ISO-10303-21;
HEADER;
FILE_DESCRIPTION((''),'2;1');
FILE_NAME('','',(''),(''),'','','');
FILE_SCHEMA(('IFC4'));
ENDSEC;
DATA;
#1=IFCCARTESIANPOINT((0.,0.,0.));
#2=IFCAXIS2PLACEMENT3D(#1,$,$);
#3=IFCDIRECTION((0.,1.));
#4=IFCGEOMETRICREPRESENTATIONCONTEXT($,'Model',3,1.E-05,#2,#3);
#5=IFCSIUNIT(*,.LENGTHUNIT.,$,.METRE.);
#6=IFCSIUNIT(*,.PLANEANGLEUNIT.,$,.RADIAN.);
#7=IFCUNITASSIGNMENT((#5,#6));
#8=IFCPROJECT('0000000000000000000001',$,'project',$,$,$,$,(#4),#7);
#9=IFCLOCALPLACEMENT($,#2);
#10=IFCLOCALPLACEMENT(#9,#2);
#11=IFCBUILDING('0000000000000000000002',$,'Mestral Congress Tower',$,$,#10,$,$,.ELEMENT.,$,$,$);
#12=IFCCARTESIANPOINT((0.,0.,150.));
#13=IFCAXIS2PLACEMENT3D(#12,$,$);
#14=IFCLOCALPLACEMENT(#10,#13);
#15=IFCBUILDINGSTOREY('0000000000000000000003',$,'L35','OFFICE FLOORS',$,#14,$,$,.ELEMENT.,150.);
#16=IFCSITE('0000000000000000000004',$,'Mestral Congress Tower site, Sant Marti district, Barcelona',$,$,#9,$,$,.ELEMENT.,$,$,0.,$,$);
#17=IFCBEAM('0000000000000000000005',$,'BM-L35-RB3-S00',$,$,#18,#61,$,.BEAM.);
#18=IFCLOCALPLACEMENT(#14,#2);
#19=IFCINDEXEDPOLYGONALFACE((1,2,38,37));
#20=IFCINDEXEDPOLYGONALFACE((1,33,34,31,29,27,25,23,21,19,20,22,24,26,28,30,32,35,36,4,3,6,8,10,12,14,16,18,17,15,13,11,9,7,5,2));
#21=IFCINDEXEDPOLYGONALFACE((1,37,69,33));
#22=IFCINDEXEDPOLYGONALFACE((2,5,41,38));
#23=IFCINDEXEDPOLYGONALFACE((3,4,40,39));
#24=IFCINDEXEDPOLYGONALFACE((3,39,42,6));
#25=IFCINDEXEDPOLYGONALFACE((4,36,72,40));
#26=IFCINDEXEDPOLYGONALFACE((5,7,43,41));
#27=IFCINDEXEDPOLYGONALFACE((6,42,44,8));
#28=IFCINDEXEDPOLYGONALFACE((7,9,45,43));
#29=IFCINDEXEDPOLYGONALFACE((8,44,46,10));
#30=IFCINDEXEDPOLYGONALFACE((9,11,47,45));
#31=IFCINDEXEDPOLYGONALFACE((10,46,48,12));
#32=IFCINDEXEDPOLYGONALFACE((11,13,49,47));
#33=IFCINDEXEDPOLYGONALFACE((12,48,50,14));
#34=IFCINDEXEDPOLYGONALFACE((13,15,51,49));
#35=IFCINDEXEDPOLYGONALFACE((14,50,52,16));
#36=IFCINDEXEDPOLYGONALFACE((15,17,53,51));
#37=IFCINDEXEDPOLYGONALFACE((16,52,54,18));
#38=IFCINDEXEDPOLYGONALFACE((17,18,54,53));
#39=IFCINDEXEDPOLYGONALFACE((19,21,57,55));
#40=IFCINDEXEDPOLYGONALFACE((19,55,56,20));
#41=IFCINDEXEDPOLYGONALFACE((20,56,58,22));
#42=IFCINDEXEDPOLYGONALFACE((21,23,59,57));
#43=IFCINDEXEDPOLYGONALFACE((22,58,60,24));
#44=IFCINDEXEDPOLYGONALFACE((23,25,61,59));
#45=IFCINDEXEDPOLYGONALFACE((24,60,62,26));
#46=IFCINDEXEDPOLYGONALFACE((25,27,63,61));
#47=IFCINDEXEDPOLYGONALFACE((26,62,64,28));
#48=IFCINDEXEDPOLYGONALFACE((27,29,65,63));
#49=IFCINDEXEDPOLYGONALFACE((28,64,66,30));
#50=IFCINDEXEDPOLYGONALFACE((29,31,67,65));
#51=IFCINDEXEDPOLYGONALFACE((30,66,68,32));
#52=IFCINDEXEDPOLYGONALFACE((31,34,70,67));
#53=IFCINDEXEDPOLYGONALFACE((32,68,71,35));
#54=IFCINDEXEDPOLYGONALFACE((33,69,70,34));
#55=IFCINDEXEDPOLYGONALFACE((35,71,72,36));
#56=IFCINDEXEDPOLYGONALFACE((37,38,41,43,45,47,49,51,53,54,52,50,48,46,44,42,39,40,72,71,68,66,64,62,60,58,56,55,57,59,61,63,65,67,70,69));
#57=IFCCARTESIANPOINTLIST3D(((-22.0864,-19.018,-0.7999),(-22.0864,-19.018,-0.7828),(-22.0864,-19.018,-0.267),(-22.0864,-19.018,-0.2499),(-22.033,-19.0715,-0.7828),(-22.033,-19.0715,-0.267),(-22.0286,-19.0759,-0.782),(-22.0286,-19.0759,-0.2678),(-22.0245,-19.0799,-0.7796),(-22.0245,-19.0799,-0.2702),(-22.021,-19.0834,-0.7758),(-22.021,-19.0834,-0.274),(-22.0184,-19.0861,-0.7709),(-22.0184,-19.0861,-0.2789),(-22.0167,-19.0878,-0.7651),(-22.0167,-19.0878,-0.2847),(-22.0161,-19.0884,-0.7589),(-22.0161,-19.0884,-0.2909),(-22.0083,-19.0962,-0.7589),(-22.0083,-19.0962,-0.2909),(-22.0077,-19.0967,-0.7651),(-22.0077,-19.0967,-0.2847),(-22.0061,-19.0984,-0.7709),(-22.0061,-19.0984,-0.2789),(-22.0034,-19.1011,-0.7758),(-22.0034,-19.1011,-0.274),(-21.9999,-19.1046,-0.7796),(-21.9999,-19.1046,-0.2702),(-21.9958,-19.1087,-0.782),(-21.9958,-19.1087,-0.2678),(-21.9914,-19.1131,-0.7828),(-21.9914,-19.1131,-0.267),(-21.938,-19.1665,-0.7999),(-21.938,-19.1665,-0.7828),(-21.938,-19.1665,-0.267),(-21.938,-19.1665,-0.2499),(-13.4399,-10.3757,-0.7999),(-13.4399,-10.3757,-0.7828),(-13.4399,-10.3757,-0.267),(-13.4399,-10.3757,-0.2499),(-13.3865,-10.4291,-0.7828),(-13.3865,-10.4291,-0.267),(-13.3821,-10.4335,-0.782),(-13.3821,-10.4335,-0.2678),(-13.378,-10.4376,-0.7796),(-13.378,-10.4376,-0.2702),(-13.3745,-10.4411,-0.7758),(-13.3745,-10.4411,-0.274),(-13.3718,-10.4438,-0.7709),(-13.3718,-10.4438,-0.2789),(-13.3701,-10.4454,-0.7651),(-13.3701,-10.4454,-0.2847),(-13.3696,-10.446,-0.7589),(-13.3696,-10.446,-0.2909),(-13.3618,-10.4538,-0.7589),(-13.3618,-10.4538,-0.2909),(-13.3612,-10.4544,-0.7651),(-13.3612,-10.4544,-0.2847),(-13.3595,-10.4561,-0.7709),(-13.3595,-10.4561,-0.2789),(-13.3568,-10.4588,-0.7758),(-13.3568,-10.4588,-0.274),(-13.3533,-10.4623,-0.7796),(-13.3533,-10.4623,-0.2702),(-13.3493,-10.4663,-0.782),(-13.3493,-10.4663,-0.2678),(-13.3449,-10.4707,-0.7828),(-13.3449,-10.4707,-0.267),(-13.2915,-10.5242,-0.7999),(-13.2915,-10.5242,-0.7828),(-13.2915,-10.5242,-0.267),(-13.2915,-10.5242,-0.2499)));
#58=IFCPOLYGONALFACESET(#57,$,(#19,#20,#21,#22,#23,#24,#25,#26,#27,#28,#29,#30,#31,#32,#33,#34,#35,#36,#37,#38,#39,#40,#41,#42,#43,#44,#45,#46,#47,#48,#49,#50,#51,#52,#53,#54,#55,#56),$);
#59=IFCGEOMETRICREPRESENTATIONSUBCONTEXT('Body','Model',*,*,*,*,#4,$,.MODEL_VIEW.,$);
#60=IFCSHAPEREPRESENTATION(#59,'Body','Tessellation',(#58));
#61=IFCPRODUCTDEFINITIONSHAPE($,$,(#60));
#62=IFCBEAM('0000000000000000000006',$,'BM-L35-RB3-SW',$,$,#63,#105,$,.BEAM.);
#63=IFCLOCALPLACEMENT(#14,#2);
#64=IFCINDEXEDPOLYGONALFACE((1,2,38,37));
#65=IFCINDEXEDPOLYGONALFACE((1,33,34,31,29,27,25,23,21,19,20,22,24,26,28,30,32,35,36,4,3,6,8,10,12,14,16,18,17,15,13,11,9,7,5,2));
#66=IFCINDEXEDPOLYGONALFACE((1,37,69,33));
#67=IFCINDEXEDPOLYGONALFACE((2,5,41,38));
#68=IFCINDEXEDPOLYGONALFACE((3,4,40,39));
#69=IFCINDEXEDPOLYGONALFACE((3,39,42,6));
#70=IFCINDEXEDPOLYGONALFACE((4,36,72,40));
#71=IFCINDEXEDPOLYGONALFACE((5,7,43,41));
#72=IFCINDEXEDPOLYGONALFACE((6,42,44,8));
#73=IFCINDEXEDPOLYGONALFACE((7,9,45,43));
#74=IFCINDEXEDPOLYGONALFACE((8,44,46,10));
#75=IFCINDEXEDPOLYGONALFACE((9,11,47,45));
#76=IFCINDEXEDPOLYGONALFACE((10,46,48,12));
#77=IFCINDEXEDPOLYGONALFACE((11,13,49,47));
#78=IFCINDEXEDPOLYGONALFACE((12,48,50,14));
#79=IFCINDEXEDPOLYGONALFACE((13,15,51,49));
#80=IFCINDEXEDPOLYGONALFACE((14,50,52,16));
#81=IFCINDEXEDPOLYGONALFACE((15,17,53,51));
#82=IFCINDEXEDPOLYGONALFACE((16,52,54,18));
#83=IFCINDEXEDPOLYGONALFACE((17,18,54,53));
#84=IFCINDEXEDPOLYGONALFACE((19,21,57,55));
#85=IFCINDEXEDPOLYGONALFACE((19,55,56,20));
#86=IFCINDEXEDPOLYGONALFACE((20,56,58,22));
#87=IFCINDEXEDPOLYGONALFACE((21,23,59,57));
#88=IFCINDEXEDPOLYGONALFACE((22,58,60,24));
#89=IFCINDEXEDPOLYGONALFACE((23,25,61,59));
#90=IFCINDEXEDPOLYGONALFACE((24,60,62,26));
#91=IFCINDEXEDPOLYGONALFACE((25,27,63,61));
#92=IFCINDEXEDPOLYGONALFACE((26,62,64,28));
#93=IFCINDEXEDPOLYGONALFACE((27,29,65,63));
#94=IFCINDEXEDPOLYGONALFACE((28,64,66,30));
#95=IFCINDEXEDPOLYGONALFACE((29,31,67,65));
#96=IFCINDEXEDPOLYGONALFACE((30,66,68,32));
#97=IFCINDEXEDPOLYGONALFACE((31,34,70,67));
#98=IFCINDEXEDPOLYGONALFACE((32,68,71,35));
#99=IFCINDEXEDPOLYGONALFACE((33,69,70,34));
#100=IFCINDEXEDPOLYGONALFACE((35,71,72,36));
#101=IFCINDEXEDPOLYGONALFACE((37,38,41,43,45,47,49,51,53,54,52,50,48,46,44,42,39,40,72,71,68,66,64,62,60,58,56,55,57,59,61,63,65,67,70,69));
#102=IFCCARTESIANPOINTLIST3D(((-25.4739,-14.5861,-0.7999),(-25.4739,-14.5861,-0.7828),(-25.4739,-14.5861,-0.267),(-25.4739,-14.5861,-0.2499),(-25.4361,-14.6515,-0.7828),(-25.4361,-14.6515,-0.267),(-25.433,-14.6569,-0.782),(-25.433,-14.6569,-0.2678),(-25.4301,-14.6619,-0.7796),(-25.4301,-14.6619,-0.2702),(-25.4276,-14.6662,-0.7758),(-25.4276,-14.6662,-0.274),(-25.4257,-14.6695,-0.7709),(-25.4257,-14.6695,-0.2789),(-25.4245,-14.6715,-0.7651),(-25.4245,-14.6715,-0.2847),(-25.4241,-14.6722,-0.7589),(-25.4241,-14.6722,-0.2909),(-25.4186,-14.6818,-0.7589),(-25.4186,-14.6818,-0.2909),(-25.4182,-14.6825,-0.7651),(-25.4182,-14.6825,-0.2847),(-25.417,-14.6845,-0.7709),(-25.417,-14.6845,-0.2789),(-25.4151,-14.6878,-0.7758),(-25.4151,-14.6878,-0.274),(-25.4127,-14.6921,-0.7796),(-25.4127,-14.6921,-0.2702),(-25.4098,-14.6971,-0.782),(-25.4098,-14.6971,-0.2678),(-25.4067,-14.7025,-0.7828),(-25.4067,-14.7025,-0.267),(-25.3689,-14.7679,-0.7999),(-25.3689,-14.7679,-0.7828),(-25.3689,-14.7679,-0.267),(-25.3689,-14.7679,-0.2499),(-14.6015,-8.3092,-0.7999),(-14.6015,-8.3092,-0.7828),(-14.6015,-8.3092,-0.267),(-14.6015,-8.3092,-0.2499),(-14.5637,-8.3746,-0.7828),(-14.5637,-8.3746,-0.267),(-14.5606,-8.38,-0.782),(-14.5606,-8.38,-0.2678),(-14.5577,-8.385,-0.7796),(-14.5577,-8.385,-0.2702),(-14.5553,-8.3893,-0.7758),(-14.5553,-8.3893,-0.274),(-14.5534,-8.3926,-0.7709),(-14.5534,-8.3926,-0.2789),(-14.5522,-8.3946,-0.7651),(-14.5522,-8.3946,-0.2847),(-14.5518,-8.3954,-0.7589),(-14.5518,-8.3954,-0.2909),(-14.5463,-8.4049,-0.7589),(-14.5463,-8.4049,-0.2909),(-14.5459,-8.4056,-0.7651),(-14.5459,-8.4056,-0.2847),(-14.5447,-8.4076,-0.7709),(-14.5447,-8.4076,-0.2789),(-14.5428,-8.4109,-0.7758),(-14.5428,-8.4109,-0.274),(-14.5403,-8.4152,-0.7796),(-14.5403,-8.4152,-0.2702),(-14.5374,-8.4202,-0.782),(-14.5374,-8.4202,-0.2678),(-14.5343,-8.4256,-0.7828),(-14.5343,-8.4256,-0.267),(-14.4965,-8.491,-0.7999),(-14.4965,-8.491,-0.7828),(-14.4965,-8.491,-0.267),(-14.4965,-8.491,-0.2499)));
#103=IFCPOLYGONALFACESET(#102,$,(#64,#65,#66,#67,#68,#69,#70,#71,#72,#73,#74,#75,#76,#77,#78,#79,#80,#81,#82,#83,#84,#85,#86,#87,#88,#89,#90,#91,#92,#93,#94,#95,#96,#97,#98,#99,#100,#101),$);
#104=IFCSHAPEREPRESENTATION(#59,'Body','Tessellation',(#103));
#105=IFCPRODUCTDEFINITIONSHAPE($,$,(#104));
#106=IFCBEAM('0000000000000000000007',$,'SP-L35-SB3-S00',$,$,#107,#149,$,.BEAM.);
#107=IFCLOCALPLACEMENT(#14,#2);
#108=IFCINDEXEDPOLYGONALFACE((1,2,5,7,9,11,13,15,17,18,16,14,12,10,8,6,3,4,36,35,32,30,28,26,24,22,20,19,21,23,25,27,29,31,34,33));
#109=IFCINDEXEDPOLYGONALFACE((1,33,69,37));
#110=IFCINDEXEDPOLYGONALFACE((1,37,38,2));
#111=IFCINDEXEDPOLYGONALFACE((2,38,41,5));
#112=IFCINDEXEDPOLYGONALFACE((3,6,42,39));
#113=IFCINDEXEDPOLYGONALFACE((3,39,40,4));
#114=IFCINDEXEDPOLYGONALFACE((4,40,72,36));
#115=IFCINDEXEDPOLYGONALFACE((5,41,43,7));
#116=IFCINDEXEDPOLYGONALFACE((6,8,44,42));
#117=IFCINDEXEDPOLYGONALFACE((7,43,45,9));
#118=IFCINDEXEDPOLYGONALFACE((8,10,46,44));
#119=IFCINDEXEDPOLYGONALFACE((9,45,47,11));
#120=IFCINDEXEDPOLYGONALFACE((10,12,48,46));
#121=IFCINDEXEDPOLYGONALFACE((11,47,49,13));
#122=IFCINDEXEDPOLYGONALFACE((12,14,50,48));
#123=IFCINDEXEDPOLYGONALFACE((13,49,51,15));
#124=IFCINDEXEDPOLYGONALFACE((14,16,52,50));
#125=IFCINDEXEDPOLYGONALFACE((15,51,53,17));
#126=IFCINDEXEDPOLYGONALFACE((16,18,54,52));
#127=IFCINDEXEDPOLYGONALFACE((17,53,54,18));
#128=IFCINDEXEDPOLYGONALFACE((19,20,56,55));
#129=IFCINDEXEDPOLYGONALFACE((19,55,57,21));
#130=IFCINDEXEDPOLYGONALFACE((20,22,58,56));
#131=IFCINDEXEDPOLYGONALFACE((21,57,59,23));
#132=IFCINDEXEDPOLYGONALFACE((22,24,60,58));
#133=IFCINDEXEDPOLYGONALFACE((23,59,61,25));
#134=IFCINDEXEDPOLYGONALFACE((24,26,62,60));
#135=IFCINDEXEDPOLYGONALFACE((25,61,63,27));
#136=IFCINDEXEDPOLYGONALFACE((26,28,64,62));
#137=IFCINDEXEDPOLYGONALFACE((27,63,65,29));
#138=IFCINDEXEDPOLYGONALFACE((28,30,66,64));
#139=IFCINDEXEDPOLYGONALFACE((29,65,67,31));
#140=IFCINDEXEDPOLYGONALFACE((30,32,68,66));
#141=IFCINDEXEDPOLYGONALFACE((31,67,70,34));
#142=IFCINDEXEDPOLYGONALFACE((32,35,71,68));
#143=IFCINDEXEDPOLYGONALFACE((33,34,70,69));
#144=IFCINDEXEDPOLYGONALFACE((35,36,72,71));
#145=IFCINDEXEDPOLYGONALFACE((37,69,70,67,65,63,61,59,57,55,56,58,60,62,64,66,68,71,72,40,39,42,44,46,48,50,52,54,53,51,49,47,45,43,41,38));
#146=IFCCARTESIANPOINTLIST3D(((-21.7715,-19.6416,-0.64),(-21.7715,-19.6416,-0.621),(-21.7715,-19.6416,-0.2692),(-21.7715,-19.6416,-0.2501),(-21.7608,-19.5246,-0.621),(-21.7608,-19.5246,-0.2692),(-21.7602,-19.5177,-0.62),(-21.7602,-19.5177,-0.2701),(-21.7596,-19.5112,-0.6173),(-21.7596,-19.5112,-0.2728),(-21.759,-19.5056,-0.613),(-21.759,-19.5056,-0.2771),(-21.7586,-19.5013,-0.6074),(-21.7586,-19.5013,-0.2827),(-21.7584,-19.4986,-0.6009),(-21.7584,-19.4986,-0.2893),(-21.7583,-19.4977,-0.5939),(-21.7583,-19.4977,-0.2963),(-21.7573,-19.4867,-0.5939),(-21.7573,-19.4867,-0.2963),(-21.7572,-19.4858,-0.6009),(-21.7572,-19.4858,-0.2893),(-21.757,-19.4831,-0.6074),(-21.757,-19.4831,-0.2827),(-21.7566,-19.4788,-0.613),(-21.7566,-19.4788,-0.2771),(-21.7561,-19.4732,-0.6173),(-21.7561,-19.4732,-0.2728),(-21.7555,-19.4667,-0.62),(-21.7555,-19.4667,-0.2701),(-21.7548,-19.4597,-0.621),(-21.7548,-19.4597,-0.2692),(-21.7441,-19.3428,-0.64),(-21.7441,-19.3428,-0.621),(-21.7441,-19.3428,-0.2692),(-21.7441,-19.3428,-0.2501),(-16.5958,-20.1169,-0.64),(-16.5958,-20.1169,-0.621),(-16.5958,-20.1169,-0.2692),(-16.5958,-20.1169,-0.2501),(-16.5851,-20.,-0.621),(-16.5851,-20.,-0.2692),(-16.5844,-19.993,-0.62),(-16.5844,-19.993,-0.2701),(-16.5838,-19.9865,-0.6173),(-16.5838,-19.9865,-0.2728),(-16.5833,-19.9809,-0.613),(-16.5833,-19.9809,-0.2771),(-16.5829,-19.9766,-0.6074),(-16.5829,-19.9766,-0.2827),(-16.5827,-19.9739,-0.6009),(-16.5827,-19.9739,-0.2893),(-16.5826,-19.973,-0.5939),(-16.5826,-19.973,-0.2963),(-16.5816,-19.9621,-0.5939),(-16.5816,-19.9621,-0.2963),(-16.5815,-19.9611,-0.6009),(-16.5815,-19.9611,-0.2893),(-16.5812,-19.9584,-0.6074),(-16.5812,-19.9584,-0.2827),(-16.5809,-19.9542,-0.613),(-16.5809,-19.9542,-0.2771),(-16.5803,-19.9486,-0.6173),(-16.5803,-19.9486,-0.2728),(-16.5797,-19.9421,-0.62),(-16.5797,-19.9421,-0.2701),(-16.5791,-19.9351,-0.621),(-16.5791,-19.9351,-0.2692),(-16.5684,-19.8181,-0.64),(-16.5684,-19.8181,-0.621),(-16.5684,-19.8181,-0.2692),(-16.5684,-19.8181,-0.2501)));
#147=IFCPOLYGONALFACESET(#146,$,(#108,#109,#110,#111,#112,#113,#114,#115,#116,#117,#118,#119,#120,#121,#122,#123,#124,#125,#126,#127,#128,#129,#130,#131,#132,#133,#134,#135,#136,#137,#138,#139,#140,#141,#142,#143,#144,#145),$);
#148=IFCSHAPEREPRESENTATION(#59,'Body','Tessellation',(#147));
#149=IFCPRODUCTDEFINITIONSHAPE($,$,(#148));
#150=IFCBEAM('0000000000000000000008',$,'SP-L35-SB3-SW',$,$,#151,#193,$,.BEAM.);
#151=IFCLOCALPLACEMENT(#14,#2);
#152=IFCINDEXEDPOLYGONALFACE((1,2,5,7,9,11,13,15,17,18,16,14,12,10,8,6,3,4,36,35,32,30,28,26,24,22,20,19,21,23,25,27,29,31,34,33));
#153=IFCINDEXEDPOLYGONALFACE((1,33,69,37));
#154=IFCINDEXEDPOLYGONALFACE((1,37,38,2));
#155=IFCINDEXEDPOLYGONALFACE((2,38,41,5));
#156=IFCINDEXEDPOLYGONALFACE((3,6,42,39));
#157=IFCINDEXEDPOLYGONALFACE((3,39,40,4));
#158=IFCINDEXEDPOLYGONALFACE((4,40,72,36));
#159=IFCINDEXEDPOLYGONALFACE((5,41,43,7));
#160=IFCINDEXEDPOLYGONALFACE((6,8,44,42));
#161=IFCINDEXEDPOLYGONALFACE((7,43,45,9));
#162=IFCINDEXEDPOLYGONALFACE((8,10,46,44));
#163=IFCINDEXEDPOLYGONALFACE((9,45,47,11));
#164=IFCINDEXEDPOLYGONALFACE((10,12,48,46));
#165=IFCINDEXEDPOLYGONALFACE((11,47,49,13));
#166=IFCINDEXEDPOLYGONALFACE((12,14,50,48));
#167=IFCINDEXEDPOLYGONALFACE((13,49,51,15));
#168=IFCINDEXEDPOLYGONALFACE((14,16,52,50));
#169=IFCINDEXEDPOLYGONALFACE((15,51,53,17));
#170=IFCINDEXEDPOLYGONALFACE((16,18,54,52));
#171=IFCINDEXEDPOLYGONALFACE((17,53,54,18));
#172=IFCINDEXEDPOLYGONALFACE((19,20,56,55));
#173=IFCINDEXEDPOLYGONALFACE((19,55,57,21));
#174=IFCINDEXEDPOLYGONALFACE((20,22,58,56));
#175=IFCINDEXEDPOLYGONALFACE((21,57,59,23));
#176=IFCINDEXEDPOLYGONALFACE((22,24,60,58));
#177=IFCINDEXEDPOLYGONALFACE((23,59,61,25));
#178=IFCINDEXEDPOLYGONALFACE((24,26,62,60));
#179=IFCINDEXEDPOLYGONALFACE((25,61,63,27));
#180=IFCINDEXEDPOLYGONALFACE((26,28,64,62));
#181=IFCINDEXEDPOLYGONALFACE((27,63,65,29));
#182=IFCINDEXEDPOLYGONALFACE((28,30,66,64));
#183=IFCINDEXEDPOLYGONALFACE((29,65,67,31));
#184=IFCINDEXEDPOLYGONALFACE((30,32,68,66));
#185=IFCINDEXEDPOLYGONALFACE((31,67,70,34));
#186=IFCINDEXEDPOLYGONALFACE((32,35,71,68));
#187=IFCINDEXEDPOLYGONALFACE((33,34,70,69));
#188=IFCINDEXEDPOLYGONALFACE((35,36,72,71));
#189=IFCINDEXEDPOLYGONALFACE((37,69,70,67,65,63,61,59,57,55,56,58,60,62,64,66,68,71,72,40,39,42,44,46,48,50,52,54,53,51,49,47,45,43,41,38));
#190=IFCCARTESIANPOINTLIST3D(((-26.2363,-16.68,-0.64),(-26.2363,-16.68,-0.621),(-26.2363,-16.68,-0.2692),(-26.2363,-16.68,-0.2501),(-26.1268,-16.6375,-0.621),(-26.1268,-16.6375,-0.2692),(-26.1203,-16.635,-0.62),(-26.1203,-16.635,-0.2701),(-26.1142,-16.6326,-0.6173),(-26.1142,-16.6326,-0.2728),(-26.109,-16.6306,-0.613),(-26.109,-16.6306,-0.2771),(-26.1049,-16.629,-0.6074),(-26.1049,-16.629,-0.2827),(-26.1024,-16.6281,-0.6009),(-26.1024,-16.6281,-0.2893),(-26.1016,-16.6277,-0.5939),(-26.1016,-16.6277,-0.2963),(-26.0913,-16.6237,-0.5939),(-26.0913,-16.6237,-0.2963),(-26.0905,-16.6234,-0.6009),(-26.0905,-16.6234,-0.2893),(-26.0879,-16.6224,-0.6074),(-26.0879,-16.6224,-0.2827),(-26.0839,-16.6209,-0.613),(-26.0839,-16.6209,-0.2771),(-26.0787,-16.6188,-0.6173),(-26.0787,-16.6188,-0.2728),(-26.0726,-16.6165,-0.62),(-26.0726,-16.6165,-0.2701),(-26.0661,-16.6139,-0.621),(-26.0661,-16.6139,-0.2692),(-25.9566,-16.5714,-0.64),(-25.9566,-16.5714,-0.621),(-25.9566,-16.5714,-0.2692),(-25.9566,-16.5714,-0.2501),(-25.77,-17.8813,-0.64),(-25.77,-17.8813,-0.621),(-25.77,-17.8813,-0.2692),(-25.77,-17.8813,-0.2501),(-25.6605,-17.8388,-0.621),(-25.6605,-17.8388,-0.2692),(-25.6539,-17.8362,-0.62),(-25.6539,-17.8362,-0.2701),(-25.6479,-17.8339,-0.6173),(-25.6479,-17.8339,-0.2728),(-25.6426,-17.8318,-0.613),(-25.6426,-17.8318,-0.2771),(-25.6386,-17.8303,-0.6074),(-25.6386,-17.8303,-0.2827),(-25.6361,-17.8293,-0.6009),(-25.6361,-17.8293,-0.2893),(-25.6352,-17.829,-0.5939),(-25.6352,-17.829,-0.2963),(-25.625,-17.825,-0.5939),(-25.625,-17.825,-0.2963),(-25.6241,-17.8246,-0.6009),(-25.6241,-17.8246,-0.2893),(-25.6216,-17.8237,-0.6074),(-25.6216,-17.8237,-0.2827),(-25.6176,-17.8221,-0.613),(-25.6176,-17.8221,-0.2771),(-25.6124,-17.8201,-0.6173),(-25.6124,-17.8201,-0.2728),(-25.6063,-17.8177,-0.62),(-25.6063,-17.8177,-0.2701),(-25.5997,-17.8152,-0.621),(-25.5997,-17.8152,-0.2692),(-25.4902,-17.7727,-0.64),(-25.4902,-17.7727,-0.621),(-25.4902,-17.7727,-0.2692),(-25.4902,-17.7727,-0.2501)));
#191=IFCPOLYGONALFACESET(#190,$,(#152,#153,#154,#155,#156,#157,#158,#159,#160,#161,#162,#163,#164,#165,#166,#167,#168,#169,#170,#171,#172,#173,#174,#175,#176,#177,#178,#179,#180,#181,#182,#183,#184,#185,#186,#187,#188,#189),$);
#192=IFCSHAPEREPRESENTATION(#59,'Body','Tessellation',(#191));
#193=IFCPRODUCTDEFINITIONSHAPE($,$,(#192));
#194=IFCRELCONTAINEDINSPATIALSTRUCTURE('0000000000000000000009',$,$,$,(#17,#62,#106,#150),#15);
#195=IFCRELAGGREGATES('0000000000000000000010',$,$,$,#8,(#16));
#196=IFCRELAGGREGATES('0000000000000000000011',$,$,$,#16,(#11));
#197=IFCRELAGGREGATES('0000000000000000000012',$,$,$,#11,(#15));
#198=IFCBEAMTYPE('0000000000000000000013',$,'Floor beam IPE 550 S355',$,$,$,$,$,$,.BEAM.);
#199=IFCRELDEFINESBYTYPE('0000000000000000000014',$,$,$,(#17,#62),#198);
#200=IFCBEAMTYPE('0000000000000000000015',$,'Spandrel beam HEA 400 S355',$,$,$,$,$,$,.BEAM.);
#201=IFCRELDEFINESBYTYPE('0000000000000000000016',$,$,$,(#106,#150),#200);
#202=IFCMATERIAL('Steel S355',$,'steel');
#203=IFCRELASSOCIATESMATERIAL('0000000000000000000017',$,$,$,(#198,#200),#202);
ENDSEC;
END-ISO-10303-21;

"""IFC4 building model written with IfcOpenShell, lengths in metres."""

from ifc_helpers import new_model, si_unit, direction, frame, origin, origin_2d, place, context, subcontext, project, spatial, i_section, extrude, material, material_profile, profile_set, type_object, element, save


model = new_model("IFC4")

# Units and contexts
model_context = context("Model", 3, precision=1e-05, world=origin(), true_north=direction((0.0, 1.0)))
body_context = subcontext(model_context, "Body", "Model", "MODEL_VIEW")
ifc_project = project(units=[si_unit("LENGTHUNIT", "METRE"), si_unit("PLANEANGLEUNIT", "RADIAN")], contexts=[model_context])

# Site, building, storey
site_placement = place(None, origin())
site = spatial("IfcSite", under=ifc_project, at=site_placement, Name="Mestral Congress Tower site, Sant Marti district, Barcelona", CompositionType="ELEMENT", RefElevation=0.0)
building_placement = place(site_placement, origin())
building = spatial("IfcBuilding", under=site, at=building_placement, Name="Mestral Congress Tower", CompositionType="ELEMENT")
storey_placement = place(building_placement, frame((0.0, 0.0, 150.0)))
storey = spatial("IfcBuildingStorey", under=building, at=storey_placement, Name="L35", Description="OFFICE FLOORS", CompositionType="ELEMENT", Elevation=150.0)

# Beams
ifc_material_1 = material(Name="Steel S355", Category="steel")
ifc_material_profile_1 = material_profile(ifc_material_1, i_section(OverallWidth=0.21, OverallDepth=0.55, WebThickness=0.011, FlangeThickness=0.0171, FilletRadius=0.0239, at=origin_2d()), Name="IPE 550")
ifc_profile_set_1 = profile_set([ifc_material_profile_1], Name="Steel S355")
beam_type_1 = type_object("IfcBeamType", Name="Floor beam IPE 550 S355", PredefinedType="BEAM", material=ifc_profile_set_1)
beam_1_placement = place(storey_placement, frame((-22.0122, -19.0923, -0.5249), z_axis=(0.707277, 0.706937, 0.0), x_axis=(-0.706937, 0.707277, 0.0)))
element("IfcBeam", 1, at=beam_1_placement, inside=storey, type_object=beam_type_1, Name="BM-L35-RB3-S00", PredefinedType="BEAM", context=body_context, shape_type="SweptSolid", body=[
    extrude(i_section(OverallWidth=0.21, OverallDepth=0.55, WebThickness=0.011, FlangeThickness=0.0171, FilletRadius=0.0239, at=origin_2d()), origin(), (0.0, 0.0, 1.0), 12.2251),
])
beam_2_placement = place(storey_placement, frame((-25.4214, -14.677, -0.5249), z_axis=(0.866035, 0.499983, 0.0), x_axis=(-0.499983, 0.866035, 0.0)))
element("IfcBeam", 2, at=beam_2_placement, inside=storey, type_object=beam_type_1, Name="BM-L35-RB3-SW", PredefinedType="BEAM", context=body_context, shape_type="SweptSolid", body=[
    extrude(i_section(OverallWidth=0.21, OverallDepth=0.55, WebThickness=0.011, FlangeThickness=0.0171, FilletRadius=0.0239, at=origin_2d()), origin(), (0.0, 0.0, 1.0), 12.5542),
])
ifc_material_profile_2 = material_profile(ifc_material_1, i_section(OverallWidth=0.3, OverallDepth=0.3899, WebThickness=0.011, FlangeThickness=0.019, FilletRadius=0.0271, at=origin_2d()), Name="HEA 400")
ifc_profile_set_2 = profile_set([ifc_material_profile_2], Name="Steel S355")
beam_type_2 = type_object("IfcBeamType", Name="Spandrel beam HEA 400 S355", PredefinedType="BEAM", material=ifc_profile_set_2)
beam_3_placement = place(storey_placement, frame((-21.7578, -19.4922, -0.4451), z_axis=(0.995809, -0.091455, 0.0), x_axis=(0.091455, 0.995809, 0.0)))
element("IfcBeam", 3, at=beam_3_placement, inside=storey, type_object=beam_type_2, Name="SP-L35-SB3-S00", PredefinedType="BEAM", context=body_context, shape_type="SweptSolid", body=[
    extrude(i_section(OverallWidth=0.3, OverallDepth=0.3899, WebThickness=0.011, FlangeThickness=0.019, FilletRadius=0.0271, at=origin_2d()), origin(), (0.0, 0.0, 1.0), 5.1975),
])
beam_4_placement = place(storey_placement, frame((-26.0964, -16.6257, -0.4451), z_axis=(0.361898, -0.932218, 0.0), x_axis=(0.932218, 0.361898, 0.0)))
element("IfcBeam", 4, at=beam_4_placement, inside=storey, type_object=beam_type_2, Name="SP-L35-SB3-SW", PredefinedType="BEAM", context=body_context, shape_type="SweptSolid", body=[
    extrude(i_section(OverallWidth=0.3, OverallDepth=0.3899, WebThickness=0.011, FlangeThickness=0.019, FilletRadius=0.0271, at=origin_2d()), origin(), (0.0, 0.0, 1.0), 1.2886),
])

save(model, "model.ifc")
